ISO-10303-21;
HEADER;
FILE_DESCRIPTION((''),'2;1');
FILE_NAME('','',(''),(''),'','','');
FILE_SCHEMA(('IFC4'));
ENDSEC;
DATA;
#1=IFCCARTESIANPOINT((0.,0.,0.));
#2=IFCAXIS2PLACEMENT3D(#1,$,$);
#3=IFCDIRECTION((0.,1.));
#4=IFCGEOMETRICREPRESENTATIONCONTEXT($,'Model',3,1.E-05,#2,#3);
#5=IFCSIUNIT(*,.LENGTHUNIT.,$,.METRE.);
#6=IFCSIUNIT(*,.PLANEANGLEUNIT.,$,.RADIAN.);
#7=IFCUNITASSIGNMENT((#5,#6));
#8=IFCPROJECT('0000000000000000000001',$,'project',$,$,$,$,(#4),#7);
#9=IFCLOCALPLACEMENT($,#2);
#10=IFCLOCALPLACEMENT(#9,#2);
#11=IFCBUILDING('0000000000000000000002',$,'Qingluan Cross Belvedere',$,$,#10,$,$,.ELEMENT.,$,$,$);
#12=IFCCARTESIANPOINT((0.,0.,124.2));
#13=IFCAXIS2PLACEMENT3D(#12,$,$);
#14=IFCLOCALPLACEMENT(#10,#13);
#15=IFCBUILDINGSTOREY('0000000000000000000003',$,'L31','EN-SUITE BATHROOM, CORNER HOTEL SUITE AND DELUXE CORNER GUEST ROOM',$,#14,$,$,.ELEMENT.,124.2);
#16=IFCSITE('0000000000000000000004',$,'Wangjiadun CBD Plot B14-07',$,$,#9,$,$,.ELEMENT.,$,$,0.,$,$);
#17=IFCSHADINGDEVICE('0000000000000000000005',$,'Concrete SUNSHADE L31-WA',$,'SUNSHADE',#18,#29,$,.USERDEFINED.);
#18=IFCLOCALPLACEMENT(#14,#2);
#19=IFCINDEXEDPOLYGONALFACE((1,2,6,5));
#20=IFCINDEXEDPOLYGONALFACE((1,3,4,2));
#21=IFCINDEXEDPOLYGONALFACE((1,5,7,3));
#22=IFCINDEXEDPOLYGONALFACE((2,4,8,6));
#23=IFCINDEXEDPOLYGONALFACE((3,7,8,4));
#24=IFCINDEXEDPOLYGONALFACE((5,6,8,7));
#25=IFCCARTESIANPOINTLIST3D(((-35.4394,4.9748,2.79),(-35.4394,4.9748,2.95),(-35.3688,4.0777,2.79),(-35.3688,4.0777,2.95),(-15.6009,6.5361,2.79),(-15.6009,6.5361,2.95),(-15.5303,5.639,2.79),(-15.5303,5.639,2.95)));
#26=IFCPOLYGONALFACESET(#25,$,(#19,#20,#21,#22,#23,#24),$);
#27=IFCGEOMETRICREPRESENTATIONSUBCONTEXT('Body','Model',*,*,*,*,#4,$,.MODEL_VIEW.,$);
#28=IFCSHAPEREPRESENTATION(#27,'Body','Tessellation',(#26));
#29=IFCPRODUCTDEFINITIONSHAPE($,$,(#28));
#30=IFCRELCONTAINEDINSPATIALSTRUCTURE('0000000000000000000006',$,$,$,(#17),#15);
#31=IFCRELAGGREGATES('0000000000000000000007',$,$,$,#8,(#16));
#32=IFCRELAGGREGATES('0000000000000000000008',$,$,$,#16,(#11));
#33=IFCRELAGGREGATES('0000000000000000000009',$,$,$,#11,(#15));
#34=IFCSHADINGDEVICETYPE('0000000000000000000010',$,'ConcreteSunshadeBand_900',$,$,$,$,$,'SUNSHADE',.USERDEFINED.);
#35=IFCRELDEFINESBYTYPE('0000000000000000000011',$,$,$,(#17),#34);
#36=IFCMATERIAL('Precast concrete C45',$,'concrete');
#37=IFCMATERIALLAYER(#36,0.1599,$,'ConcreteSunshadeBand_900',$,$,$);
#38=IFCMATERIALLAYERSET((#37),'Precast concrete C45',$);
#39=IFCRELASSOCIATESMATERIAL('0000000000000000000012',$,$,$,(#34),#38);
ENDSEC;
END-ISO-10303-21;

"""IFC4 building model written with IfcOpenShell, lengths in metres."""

from ifc_helpers import new_model, si_unit, direction, frame, origin, origin_2d, place, context, subcontext, project, spatial, rectangle, extrude, material, layer, layer_set, type_object, element, save


model = new_model("IFC4")

# Units and contexts
model_context = context("Model", 3, precision=1e-05, world=origin(), true_north=direction((0.0, 1.0)))
body_context = subcontext(model_context, "Body", "Model", "MODEL_VIEW")
ifc_project = project(units=[si_unit("LENGTHUNIT", "METRE"), si_unit("PLANEANGLEUNIT", "RADIAN")], contexts=[model_context])

# Site, building, storey
site_placement = place(None, origin())
site = spatial("IfcSite", under=ifc_project, at=site_placement, Name="Wangjiadun CBD Plot B14-07", CompositionType="ELEMENT", RefElevation=0.0)
building_placement = place(site_placement, origin())
building = spatial("IfcBuilding", under=site, at=building_placement, Name="Qingluan Cross Belvedere", CompositionType="ELEMENT")
storey_placement = place(building_placement, frame((0.0, 0.0, 124.2)))
storey = spatial("IfcBuildingStorey", under=building, at=storey_placement, Name="L31", Description="EN-SUITE BATHROOM, CORNER HOTEL SUITE AND DELUXE CORNER GUEST ROOM", CompositionType="ELEMENT", Elevation=124.2)

# Shading device
ifc_material_1 = material(Name="Precast concrete C45", Category="concrete")
ifc_layer_1 = layer(ifc_material_1, 0.1599, Name="ConcreteSunshadeBand_900")
ifc_layer_set_1 = layer_set([ifc_layer_1], Name="Precast concrete C45")
shading_device_type = type_object("IfcShadingDeviceType", Name="ConcreteSunshadeBand_900", ElementType="SUNSHADE", PredefinedType="USERDEFINED", material=ifc_layer_set_1)
shading_device_placement = place(storey_placement, frame((-25.4849, 5.3069, 2.79), z_axis=(0.0, 0.0, 1.0), x_axis=(-0.996917, -0.078458, 0.0)))
element("IfcShadingDevice", 1, at=shading_device_placement, inside=storey, type_object=shading_device_type, Name="Concrete SUNSHADE L31-WA", ObjectType="SUNSHADE", PredefinedType="USERDEFINED", context=body_context, shape_type="SweptSolid", body=[
    extrude(rectangle(XDim=19.8999, YDim=0.8999, at=origin_2d()), origin(), (0.0, 0.0, 1.0), 0.1599),
])

save(model, "model.ifc")
